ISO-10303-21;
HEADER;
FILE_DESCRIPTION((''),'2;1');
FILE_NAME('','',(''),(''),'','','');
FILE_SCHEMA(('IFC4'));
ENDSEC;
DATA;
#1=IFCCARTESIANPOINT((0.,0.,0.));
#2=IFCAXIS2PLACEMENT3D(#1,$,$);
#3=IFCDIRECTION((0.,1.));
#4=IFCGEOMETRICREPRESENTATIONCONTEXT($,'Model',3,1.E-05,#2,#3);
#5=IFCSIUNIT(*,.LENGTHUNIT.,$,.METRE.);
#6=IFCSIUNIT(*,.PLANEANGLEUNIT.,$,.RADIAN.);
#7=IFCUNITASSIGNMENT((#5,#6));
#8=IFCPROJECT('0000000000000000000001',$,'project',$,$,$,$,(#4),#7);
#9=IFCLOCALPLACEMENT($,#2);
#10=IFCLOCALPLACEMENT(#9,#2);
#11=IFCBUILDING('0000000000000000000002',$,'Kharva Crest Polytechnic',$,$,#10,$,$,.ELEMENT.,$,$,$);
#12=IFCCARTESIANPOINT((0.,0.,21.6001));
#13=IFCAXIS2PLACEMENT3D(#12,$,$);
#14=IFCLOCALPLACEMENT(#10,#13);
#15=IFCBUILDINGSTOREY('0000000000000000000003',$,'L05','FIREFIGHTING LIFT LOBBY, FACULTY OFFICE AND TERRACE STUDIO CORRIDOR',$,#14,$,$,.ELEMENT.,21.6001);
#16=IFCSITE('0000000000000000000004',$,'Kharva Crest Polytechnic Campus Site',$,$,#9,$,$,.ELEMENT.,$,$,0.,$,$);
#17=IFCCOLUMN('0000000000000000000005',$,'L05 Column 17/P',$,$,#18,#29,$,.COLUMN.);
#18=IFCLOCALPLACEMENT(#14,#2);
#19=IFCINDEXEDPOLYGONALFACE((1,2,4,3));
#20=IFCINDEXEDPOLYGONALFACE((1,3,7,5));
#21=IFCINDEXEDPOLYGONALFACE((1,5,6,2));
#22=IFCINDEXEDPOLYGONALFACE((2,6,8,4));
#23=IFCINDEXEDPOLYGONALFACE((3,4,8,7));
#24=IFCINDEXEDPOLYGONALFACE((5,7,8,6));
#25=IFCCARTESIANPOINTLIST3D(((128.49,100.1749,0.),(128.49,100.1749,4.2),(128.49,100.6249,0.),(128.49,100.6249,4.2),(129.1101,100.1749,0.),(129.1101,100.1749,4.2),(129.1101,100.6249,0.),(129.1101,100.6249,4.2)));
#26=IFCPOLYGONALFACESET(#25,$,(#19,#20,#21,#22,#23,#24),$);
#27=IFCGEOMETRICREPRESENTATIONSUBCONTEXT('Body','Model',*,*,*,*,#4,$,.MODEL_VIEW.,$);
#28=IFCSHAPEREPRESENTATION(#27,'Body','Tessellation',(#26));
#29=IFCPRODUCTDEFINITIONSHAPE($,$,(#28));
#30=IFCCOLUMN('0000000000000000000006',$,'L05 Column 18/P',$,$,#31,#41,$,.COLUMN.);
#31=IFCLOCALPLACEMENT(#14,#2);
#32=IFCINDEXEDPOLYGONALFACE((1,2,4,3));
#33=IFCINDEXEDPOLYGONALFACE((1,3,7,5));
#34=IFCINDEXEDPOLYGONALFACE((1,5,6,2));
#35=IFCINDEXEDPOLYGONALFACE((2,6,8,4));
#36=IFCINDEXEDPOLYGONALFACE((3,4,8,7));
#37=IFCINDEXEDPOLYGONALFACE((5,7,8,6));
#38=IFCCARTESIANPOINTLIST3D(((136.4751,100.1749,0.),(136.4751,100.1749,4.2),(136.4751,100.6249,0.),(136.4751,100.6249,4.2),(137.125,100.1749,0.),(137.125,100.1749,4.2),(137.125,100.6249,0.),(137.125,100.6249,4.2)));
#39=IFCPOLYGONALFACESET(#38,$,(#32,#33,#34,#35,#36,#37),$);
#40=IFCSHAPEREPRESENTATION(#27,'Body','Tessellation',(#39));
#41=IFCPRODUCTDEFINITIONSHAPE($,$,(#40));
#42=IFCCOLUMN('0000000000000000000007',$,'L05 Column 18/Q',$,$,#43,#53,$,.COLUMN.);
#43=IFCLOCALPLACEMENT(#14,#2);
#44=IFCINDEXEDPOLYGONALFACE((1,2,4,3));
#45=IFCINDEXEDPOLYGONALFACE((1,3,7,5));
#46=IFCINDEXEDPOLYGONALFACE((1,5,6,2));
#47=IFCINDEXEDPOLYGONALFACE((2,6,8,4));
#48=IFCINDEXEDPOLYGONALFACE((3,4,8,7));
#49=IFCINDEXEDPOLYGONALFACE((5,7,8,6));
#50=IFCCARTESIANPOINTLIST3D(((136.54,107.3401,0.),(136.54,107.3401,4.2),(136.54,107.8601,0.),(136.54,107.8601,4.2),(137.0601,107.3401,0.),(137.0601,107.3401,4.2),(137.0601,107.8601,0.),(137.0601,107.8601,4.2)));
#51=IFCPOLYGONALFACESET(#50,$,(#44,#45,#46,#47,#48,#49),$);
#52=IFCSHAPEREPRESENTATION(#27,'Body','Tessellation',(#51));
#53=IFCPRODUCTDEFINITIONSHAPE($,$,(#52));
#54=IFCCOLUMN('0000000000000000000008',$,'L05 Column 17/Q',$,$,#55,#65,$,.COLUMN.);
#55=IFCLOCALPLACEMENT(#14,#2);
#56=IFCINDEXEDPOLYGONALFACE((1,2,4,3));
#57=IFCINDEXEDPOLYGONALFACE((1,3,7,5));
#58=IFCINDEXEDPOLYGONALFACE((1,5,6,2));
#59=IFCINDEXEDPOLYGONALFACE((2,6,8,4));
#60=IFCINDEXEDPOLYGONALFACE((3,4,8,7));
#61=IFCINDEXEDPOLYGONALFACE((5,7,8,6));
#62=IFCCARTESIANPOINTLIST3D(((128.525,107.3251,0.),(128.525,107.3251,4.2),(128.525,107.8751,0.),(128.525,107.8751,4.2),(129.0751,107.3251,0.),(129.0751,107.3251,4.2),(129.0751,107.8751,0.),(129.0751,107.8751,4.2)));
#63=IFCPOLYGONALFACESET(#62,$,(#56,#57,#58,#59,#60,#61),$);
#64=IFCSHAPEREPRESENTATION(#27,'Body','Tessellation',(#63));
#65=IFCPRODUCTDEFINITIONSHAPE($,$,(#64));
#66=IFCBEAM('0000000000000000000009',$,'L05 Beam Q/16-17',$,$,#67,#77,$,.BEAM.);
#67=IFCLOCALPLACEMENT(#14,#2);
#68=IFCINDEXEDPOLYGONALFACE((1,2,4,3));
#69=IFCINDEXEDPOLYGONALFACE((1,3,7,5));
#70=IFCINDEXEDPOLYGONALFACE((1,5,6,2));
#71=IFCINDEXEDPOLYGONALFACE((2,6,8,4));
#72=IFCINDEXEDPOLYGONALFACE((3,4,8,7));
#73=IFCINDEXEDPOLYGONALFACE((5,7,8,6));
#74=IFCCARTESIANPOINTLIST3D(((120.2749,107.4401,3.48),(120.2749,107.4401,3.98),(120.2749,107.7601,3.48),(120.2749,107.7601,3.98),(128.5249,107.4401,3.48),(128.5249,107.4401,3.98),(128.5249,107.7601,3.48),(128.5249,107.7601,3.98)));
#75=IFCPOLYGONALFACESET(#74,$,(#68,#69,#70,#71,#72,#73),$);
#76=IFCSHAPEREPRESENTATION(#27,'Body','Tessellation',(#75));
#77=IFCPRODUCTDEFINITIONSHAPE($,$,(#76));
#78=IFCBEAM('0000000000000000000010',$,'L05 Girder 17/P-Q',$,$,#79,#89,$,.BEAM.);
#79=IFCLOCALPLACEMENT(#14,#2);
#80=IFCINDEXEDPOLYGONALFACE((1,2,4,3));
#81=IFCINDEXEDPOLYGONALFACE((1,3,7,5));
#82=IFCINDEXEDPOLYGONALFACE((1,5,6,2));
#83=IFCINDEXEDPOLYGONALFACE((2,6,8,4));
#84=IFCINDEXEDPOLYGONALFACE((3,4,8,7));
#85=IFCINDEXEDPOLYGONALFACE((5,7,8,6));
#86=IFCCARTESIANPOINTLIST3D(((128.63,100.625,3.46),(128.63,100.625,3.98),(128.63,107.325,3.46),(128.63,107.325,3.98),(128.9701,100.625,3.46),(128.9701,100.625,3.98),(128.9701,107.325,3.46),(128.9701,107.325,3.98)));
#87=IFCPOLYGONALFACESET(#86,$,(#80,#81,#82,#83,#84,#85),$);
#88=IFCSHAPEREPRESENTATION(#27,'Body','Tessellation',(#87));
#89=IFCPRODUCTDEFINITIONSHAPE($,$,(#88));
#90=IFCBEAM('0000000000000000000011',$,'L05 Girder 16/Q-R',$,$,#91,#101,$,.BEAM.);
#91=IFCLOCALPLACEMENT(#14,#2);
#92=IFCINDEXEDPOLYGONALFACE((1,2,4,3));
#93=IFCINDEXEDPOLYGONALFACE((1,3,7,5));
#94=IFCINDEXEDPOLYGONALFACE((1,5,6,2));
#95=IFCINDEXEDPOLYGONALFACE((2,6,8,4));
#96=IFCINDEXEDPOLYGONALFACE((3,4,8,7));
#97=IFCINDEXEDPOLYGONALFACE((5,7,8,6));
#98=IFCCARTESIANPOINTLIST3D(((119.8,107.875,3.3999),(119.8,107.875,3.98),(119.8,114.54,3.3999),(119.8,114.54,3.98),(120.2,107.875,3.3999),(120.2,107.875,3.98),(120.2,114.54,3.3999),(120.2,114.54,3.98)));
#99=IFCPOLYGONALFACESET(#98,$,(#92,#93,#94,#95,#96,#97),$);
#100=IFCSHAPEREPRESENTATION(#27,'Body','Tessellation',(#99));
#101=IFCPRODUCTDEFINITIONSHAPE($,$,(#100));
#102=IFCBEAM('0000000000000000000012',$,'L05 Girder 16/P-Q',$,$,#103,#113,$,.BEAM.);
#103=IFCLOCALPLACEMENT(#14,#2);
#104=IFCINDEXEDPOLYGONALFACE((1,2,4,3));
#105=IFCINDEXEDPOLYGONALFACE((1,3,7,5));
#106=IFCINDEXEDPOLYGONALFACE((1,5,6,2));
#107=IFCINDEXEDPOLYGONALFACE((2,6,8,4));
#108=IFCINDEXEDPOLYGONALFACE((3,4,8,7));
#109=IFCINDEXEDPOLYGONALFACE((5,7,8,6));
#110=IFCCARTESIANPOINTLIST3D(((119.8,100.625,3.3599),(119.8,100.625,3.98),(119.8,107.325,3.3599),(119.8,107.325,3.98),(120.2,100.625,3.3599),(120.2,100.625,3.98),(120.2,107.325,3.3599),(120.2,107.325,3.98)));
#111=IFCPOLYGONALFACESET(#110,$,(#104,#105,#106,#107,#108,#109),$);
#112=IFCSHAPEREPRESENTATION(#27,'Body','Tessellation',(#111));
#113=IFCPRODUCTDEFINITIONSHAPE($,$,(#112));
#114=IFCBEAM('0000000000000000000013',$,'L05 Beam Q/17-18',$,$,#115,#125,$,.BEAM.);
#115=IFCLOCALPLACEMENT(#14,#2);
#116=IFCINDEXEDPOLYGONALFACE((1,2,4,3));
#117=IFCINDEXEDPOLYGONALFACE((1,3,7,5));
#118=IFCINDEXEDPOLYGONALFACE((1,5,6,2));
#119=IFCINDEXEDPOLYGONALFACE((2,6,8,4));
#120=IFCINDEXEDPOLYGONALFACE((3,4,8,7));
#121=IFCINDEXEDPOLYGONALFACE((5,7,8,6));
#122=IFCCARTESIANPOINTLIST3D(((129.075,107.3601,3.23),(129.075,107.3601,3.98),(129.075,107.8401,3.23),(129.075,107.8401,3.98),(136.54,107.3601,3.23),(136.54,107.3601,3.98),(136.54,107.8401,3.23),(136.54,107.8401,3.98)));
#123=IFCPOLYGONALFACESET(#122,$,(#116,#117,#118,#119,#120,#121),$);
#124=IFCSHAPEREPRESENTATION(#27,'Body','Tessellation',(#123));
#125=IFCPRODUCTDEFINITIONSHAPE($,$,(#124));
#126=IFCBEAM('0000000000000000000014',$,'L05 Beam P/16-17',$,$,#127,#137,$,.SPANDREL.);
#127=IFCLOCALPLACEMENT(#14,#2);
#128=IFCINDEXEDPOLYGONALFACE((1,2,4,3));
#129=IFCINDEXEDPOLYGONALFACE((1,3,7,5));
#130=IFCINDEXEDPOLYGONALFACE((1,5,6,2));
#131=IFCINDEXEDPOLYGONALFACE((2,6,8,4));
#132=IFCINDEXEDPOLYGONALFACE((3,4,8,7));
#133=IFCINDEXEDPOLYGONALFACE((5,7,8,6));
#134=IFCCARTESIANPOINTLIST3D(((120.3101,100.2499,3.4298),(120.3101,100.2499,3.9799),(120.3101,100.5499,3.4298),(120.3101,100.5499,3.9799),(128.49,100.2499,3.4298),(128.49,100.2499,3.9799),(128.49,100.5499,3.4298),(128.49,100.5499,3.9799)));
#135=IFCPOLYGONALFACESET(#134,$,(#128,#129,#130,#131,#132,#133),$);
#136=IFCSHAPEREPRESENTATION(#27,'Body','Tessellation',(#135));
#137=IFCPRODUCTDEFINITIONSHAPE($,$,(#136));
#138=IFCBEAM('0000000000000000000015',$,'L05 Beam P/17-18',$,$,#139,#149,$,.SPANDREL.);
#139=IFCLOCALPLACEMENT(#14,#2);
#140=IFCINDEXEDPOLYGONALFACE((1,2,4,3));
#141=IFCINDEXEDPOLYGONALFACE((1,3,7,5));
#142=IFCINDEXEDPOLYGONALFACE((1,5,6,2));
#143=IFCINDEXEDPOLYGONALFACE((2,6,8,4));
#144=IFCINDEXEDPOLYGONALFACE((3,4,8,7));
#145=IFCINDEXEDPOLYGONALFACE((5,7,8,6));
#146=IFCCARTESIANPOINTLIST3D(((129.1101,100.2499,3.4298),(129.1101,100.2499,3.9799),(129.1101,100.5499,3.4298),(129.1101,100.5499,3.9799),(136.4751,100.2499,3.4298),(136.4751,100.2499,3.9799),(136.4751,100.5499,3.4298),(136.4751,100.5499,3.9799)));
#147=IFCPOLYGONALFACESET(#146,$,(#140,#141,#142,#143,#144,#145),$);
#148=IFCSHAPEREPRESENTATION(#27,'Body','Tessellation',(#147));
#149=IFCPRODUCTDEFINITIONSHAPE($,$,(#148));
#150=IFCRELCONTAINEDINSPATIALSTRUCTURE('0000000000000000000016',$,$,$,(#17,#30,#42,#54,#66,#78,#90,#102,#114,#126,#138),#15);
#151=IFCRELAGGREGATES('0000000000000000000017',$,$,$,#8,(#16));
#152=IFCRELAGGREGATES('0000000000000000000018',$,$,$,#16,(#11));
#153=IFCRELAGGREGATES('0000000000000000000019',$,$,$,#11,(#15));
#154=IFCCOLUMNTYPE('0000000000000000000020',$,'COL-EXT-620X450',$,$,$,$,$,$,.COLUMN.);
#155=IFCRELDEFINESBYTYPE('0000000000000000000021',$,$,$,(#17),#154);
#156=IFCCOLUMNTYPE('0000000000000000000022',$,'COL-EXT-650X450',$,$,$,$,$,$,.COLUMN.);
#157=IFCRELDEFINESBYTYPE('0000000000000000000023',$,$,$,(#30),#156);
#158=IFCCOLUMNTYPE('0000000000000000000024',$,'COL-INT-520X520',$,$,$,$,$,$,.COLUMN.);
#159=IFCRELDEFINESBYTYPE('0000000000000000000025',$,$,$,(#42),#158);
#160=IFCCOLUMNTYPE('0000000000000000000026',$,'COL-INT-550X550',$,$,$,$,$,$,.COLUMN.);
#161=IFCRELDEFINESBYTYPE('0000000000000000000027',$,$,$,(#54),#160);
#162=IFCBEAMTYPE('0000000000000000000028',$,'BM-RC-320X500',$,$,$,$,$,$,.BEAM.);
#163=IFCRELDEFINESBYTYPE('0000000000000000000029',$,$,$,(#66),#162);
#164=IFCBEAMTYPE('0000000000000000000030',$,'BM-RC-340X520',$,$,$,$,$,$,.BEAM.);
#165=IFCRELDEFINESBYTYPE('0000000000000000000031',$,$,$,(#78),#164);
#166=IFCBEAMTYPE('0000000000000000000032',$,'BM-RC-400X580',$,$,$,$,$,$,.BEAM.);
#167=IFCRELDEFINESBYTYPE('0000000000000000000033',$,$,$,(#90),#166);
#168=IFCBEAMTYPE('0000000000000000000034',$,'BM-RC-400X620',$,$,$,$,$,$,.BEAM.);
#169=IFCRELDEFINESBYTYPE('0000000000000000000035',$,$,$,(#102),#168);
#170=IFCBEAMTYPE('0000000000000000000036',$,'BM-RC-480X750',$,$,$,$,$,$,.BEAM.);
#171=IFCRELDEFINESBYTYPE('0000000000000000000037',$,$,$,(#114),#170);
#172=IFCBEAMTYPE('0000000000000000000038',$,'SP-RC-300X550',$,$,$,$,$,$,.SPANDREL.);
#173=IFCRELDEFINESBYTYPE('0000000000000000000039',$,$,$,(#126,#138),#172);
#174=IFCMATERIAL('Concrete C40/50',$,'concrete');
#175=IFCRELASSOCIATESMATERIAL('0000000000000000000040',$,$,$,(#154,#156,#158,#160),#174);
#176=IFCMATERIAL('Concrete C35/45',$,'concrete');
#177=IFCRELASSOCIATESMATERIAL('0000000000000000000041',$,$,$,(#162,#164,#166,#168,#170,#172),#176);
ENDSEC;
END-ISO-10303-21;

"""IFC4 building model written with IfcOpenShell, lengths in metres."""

from ifc_helpers import new_model, si_unit, direction, frame, origin, origin_2d, place, context, subcontext, project, spatial, rectangle, extrude, material, material_profile, profile_set, type_object, element, save


model = new_model("IFC4")

# Units and contexts
model_context = context("Model", 3, precision=1e-05, world=origin(), true_north=direction((0.0, 1.0)))
body_context = subcontext(model_context, "Body", "Model", "MODEL_VIEW")
ifc_project = project(units=[si_unit("LENGTHUNIT", "METRE"), si_unit("PLANEANGLEUNIT", "RADIAN")], contexts=[model_context])

# Site, building, storey
site_placement = place(None, origin())
site = spatial("IfcSite", under=ifc_project, at=site_placement, Name="Kharva Crest Polytechnic Campus Site", CompositionType="ELEMENT", RefElevation=0.0)
building_placement = place(site_placement, origin())
building = spatial("IfcBuilding", under=site, at=building_placement, Name="Kharva Crest Polytechnic", CompositionType="ELEMENT")
storey_placement = place(building_placement, frame((0.0, 0.0, 21.6001)))
storey = spatial("IfcBuildingStorey", under=building, at=storey_placement, Name="L05", Description="FIREFIGHTING LIFT LOBBY, FACULTY OFFICE AND TERRACE STUDIO CORRIDOR", CompositionType="ELEMENT", Elevation=21.6001)

# Columns
ifc_material_1 = material(Name="Concrete C40/50", Category="concrete")
ifc_material_profile_1 = material_profile(ifc_material_1, rectangle(XDim=0.6201, YDim=0.45, at=origin_2d()), Name="RECT 620 X 450")
ifc_profile_set_1 = profile_set([ifc_material_profile_1], Name="Concrete C40/50")
column_type_1 = type_object("IfcColumnType", Name="COL-EXT-620X450", PredefinedType="COLUMN", material=ifc_profile_set_1)
column_1_placement = place(storey_placement, frame((128.8, 100.3999, 0.0), z_axis=(0.0, 0.0, 1.0), x_axis=(1.0, 0.0, 0.0)))
element("IfcColumn", 1, at=column_1_placement, inside=storey, type_object=column_type_1, Name="L05 Column 17/P", PredefinedType="COLUMN", context=body_context, shape_type="SweptSolid", body=[
    extrude(rectangle(XDim=0.6201, YDim=0.45, at=origin_2d()), origin(), (0.0, 0.0, 1.0), 4.2),
])
ifc_material_profile_2 = material_profile(ifc_material_1, rectangle(XDim=0.6499, YDim=0.45, at=origin_2d()), Name="RECT 650 X 450")
ifc_profile_set_2 = profile_set([ifc_material_profile_2], Name="Concrete C40/50")
column_type_2 = type_object("IfcColumnType", Name="COL-EXT-650X450", PredefinedType="COLUMN", material=ifc_profile_set_2)
column_2_placement = place(storey_placement, frame((136.8, 100.3999, 0.0), z_axis=(0.0, 0.0, 1.0), x_axis=(1.0, 0.0, 0.0)))
element("IfcColumn", 2, at=column_2_placement, inside=storey, type_object=column_type_2, Name="L05 Column 18/P", PredefinedType="COLUMN", context=body_context, shape_type="SweptSolid", body=[
    extrude(rectangle(XDim=0.6499, YDim=0.45, at=origin_2d()), origin(), (0.0, 0.0, 1.0), 4.2),
])
ifc_material_profile_3 = material_profile(ifc_material_1, rectangle(XDim=0.52, YDim=0.52, at=origin_2d()), Name="RECT 520 X 520")
ifc_profile_set_3 = profile_set([ifc_material_profile_3], Name="Concrete C40/50")
column_type_3 = type_object("IfcColumnType", Name="COL-INT-520X520", PredefinedType="COLUMN", material=ifc_profile_set_3)
column_3_placement = place(storey_placement, frame((136.8, 107.6001, 0.0), z_axis=(0.0, 0.0, 1.0), x_axis=(1.0, 0.0, 0.0)))
element("IfcColumn", 3, at=column_3_placement, inside=storey, type_object=column_type_3, Name="L05 Column 18/Q", PredefinedType="COLUMN", context=body_context, shape_type="SweptSolid", body=[
    extrude(rectangle(XDim=0.52, YDim=0.52, at=origin_2d()), origin(), (0.0, 0.0, 1.0), 4.2),
])
ifc_material_profile_4 = material_profile(ifc_material_1, rectangle(XDim=0.55, YDim=0.55, at=origin_2d()), Name="RECT 550 X 550")
ifc_profile_set_4 = profile_set([ifc_material_profile_4], Name="Concrete C40/50")
column_type_4 = type_object("IfcColumnType", Name="COL-INT-550X550", PredefinedType="COLUMN", material=ifc_profile_set_4)
column_4_placement = place(storey_placement, frame((128.8, 107.6001, 0.0), z_axis=(0.0, 0.0, 1.0), x_axis=(1.0, 0.0, 0.0)))
element("IfcColumn", 4, at=column_4_placement, inside=storey, type_object=column_type_4, Name="L05 Column 17/Q", PredefinedType="COLUMN", context=body_context, shape_type="SweptSolid", body=[
    extrude(rectangle(XDim=0.55, YDim=0.55, at=origin_2d()), origin(), (0.0, 0.0, 1.0), 4.2),
])

# Beams
ifc_material_2 = material(Name="Concrete C35/45", Category="concrete")
ifc_material_profile_5 = material_profile(ifc_material_2, rectangle(XDim=0.3201, YDim=0.5, at=origin_2d()), Name="RECT 320 X 500")
ifc_profile_set_5 = profile_set([ifc_material_profile_5], Name="Concrete C35/45")
beam_type_1 = type_object("IfcBeamType", Name="BM-RC-320X500", PredefinedType="BEAM", material=ifc_profile_set_5)
beam_1_placement = place(storey_placement, frame((120.2749, 107.6001, 3.73), z_axis=(1.0, 0.0, 0.0), x_axis=(0.0, 1.0, 0.0)))
element("IfcBeam", 5, at=beam_1_placement, inside=storey, type_object=beam_type_1, Name="L05 Beam Q/16-17", PredefinedType="BEAM", context=body_context, shape_type="SweptSolid", body=[
    extrude(rectangle(XDim=0.3201, YDim=0.5, at=origin_2d()), origin(), (0.0, 0.0, 1.0), 8.25),
])
ifc_material_profile_6 = material_profile(ifc_material_2, rectangle(XDim=0.3401, YDim=0.52, at=origin_2d()), Name="RECT 340 X 520")
ifc_profile_set_6 = profile_set([ifc_material_profile_6], Name="Concrete C35/45")
beam_type_2 = type_object("IfcBeamType", Name="BM-RC-340X520", PredefinedType="BEAM", material=ifc_profile_set_6)
beam_2_placement = place(storey_placement, frame((128.8, 100.625, 3.72), z_axis=(0.0, 1.0, 0.0), x_axis=(-1.0, 0.0, 0.0)))
element("IfcBeam", 6, at=beam_2_placement, inside=storey, type_object=beam_type_2, Name="L05 Girder 17/P-Q", PredefinedType="BEAM", context=body_context, shape_type="SweptSolid", body=[
    extrude(rectangle(XDim=0.3401, YDim=0.52, at=origin_2d()), origin(), (0.0, 0.0, 1.0), 6.7),
])
ifc_material_profile_7 = material_profile(ifc_material_2, rectangle(XDim=0.3999, YDim=0.5801, at=origin_2d()), Name="RECT 400 X 580")
ifc_profile_set_7 = profile_set([ifc_material_profile_7], Name="Concrete C35/45")
beam_type_3 = type_object("IfcBeamType", Name="BM-RC-400X580", PredefinedType="BEAM", material=ifc_profile_set_7)
beam_3_placement = place(storey_placement, frame((120.0, 107.875, 3.6899), z_axis=(0.0, 1.0, 0.0), x_axis=(-1.0, 0.0, 0.0)))
element("IfcBeam", 7, at=beam_3_placement, inside=storey, type_object=beam_type_3, Name="L05 Girder 16/Q-R", PredefinedType="BEAM", context=body_context, shape_type="SweptSolid", body=[
    extrude(rectangle(XDim=0.3999, YDim=0.5801, at=origin_2d()), origin(), (0.0, 0.0, 1.0), 6.665),
])
ifc_material_profile_8 = material_profile(ifc_material_2, rectangle(XDim=0.3999, YDim=0.6201, at=origin_2d()), Name="RECT 400 X 620")
ifc_profile_set_8 = profile_set([ifc_material_profile_8], Name="Concrete C35/45")
beam_type_4 = type_object("IfcBeamType", Name="BM-RC-400X620", PredefinedType="BEAM", material=ifc_profile_set_8)
beam_4_placement = place(storey_placement, frame((120.0, 100.625, 3.6699), z_axis=(0.0, 1.0, 0.0), x_axis=(-1.0, 0.0, 0.0)))
element("IfcBeam", 8, at=beam_4_placement, inside=storey, type_object=beam_type_4, Name="L05 Girder 16/P-Q", PredefinedType="BEAM", context=body_context, shape_type="SweptSolid", body=[
    extrude(rectangle(XDim=0.3999, YDim=0.6201, at=origin_2d()), origin(), (0.0, 0.0, 1.0), 6.7),
])
ifc_material_profile_9 = material_profile(ifc_material_2, rectangle(XDim=0.48, YDim=0.75, at=origin_2d()), Name="RECT 480 X 750")
ifc_profile_set_9 = profile_set([ifc_material_profile_9], Name="Concrete C35/45")
beam_type_5 = type_object("IfcBeamType", Name="BM-RC-480X750", PredefinedType="BEAM", material=ifc_profile_set_9)
beam_5_placement = place(storey_placement, frame((129.075, 107.6001, 3.605), z_axis=(1.0, 0.0, 0.0), x_axis=(0.0, 1.0, 0.0)))
element("IfcBeam", 9, at=beam_5_placement, inside=storey, type_object=beam_type_5, Name="L05 Beam Q/17-18", PredefinedType="BEAM", context=body_context, shape_type="SweptSolid", body=[
    extrude(rectangle(XDim=0.48, YDim=0.75, at=origin_2d()), origin(), (0.0, 0.0, 1.0), 7.4651),
])
ifc_material_profile_10 = material_profile(ifc_material_2, rectangle(XDim=0.3, YDim=0.55, at=origin_2d()), Name="RECT 300 X 550")
ifc_profile_set_10 = profile_set([ifc_material_profile_10], Name="Concrete C35/45")
beam_type_6 = type_object("IfcBeamType", Name="SP-RC-300X550", PredefinedType="SPANDREL", material=ifc_profile_set_10)
beam_6_placement = place(storey_placement, frame((120.3101, 100.3999, 3.7048), z_axis=(1.0, 0.0, 0.0), x_axis=(0.0, 1.0, 0.0)))
element("IfcBeam", 10, at=beam_6_placement, inside=storey, type_object=beam_type_6, Name="L05 Beam P/16-17", PredefinedType="SPANDREL", context=body_context, shape_type="SweptSolid", body=[
    extrude(rectangle(XDim=0.3, YDim=0.55, at=origin_2d()), origin(), (0.0, 0.0, 1.0), 8.1799),
])
beam_7_placement = place(storey_placement, frame((129.1101, 100.3999, 3.7048), z_axis=(1.0, 0.0, 0.0), x_axis=(0.0, 1.0, 0.0)))
element("IfcBeam", 11, at=beam_7_placement, inside=storey, type_object=beam_type_6, Name="L05 Beam P/17-18", PredefinedType="SPANDREL", context=body_context, shape_type="SweptSolid", body=[
    extrude(rectangle(XDim=0.3, YDim=0.55, at=origin_2d()), origin(), (0.0, 0.0, 1.0), 7.365),
])

save(model, "model.ifc")
